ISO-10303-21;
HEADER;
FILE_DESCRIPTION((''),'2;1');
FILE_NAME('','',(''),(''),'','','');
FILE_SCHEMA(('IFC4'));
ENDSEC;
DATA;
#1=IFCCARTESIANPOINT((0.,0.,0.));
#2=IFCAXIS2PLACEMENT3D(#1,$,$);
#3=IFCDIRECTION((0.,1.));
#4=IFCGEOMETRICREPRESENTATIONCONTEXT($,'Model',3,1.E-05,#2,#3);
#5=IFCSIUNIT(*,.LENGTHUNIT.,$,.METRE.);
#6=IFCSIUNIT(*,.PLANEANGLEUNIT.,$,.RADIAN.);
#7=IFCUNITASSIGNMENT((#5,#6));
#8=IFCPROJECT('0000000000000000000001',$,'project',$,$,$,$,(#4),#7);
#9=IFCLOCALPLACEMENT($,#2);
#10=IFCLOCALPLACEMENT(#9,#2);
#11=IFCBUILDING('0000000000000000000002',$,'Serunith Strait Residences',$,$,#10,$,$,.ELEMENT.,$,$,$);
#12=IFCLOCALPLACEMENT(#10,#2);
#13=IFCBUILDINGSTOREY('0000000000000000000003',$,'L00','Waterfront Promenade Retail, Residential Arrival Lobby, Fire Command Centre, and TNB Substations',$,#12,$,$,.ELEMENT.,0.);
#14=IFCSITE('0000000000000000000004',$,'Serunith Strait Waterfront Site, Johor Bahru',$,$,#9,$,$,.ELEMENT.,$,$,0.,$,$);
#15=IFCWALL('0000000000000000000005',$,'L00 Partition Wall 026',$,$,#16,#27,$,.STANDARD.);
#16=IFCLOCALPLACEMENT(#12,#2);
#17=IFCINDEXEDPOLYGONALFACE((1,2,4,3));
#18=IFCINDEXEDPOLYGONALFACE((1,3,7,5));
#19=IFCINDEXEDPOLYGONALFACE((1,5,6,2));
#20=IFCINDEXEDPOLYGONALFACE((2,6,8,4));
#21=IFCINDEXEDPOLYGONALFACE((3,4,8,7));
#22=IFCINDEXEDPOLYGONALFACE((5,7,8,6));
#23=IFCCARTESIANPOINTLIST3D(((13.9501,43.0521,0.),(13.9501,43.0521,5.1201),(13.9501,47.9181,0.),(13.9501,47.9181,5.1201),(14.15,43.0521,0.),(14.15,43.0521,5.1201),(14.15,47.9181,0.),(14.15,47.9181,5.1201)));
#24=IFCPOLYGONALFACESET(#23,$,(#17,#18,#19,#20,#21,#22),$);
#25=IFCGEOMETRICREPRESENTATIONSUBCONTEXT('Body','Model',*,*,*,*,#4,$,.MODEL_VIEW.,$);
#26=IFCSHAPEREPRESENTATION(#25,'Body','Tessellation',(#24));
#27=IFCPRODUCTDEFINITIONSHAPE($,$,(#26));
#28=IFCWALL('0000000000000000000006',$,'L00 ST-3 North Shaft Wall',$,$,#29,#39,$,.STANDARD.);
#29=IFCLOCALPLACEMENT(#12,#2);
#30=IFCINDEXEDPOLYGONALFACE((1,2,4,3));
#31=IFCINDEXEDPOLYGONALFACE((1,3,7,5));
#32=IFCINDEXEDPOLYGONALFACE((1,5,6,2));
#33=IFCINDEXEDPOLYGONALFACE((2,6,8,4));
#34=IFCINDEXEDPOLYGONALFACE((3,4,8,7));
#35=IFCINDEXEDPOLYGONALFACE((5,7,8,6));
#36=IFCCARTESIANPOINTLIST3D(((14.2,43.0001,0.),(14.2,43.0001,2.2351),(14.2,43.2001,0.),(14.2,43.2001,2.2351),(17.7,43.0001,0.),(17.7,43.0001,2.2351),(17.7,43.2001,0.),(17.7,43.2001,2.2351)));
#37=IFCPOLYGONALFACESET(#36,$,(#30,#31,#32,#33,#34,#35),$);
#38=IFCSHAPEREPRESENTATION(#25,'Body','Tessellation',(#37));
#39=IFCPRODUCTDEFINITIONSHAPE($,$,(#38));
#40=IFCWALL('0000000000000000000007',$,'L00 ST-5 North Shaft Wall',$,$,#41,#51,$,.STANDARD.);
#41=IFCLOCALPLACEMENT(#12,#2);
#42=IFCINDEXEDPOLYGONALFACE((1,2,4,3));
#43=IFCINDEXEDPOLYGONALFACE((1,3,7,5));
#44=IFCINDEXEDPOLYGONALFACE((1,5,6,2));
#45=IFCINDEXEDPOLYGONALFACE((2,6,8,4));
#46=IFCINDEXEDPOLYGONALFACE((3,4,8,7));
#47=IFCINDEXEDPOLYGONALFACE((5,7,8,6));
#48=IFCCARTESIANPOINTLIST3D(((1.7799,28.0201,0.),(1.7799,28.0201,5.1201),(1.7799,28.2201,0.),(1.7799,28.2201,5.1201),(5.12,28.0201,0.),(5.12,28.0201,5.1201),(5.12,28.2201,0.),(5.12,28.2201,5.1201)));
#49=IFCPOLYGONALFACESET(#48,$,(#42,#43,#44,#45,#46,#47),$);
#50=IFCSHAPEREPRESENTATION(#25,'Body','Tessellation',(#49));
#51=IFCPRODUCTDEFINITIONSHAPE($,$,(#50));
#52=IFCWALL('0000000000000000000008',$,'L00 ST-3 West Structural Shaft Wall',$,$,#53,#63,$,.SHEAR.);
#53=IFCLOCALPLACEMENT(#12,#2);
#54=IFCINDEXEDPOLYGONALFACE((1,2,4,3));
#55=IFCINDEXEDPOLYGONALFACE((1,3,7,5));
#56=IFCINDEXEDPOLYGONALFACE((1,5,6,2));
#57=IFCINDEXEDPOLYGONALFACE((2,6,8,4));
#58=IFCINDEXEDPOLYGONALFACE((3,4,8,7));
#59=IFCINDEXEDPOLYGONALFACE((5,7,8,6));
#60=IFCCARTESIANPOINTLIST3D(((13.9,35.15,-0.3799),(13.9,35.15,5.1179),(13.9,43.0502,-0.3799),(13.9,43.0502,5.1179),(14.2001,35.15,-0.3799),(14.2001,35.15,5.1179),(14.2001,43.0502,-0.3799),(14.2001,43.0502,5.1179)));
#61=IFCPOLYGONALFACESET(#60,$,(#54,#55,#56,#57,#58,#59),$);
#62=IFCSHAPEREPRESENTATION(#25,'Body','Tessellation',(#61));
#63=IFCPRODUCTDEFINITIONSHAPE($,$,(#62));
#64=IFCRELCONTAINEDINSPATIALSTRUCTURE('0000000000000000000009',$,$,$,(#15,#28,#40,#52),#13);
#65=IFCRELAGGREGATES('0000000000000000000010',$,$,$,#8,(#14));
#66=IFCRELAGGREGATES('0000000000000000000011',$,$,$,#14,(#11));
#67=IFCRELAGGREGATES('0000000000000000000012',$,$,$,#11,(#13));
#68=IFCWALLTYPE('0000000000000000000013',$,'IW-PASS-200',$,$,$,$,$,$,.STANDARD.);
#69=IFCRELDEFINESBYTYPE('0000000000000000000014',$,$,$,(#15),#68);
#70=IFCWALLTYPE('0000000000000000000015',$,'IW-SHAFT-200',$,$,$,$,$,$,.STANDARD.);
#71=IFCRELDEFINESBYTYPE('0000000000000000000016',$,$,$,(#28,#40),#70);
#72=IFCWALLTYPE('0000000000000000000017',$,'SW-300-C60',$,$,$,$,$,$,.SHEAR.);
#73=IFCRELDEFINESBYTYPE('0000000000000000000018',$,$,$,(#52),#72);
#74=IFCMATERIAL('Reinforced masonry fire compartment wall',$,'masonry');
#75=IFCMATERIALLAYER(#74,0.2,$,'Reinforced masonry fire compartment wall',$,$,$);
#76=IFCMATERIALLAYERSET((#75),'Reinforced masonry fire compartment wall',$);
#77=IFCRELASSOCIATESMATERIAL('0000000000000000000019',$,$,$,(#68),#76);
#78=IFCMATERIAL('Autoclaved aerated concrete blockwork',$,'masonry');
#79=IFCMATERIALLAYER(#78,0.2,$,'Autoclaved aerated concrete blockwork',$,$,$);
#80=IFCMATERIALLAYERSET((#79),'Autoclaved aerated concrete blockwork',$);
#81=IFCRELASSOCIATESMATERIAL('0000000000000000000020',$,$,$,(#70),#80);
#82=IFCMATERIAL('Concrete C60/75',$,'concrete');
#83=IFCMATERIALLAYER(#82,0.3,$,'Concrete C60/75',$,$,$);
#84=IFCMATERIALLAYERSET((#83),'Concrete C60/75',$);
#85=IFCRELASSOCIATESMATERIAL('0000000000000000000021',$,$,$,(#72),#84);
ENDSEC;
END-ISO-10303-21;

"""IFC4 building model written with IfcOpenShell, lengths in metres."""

from ifc_helpers import new_model, si_unit, direction, frame, frame_2d, origin, place, context, subcontext, project, spatial, rectangle, extrude, material, layer, layer_set, type_object, element, save


model = new_model("IFC4")

# Units and contexts
model_context = context("Model", 3, precision=1e-05, world=origin(), true_north=direction((0.0, 1.0)))
body_context = subcontext(model_context, "Body", "Model", "MODEL_VIEW")
ifc_project = project(units=[si_unit("LENGTHUNIT", "METRE"), si_unit("PLANEANGLEUNIT", "RADIAN")], contexts=[model_context])

# Site, building, storey
site_placement = place(None, origin())
site = spatial("IfcSite", under=ifc_project, at=site_placement, Name="Serunith Strait Waterfront Site, Johor Bahru", CompositionType="ELEMENT", RefElevation=0.0)
building_placement = place(site_placement, origin())
building = spatial("IfcBuilding", under=site, at=building_placement, Name="Serunith Strait Residences", CompositionType="ELEMENT")
storey_placement = place(building_placement, origin())
storey = spatial("IfcBuildingStorey", under=building, at=storey_placement, Name="L00", Description="Waterfront Promenade Retail, Residential Arrival Lobby, Fire Command Centre, and TNB Substations", CompositionType="ELEMENT", Elevation=0.0)

# Shared definitions
ifc_material_1 = material(Name="Concrete C60/75", Category="concrete")

# Wall
ifc_material_2 = material(Name="Reinforced masonry fire compartment wall", Category="masonry")
ifc_layer_1 = layer(ifc_material_2, 0.2, Name="Reinforced masonry fire compartment wall")
ifc_layer_set_1 = layer_set([ifc_layer_1], Name="Reinforced masonry fire compartment wall")
wall_type_1 = type_object("IfcWallType", Name="IW-PASS-200", PredefinedType="STANDARD", material=ifc_layer_set_1)
wall_1_placement = place(storey_placement, frame((14.05, 43.052, 0.0), z_axis=(0.0, 0.0, 1.0), x_axis=(0.0, 1.0, 0.0)))
element("IfcWall", 1, at=wall_1_placement, inside=storey, type_object=wall_type_1, Name="L00 Partition Wall 026", PredefinedType="STANDARD", context=body_context, shape_type="SweptSolid", body=[
    extrude(rectangle(XDim=4.866, YDim=0.2, at=frame_2d((2.4331, 0.0))), origin(), (0.0, 0.0, 1.0), 5.1201),
])

# Shared definitions
ifc_material_3 = material(Name="Autoclaved aerated concrete blockwork", Category="masonry")
ifc_layer_2 = layer(ifc_material_3, 0.2, Name="Autoclaved aerated concrete blockwork")
ifc_layer_set_2 = layer_set([ifc_layer_2], Name="Autoclaved aerated concrete blockwork")
wall_type_2 = type_object("IfcWallType", Name="IW-SHAFT-200", PredefinedType="STANDARD", material=ifc_layer_set_2)

# Walls
wall_2_placement = place(storey_placement, frame((14.2, 43.1001, 0.0), z_axis=(0.0, 0.0, 1.0), x_axis=(1.0, 0.0, 0.0)))
element("IfcWall", 2, at=wall_2_placement, inside=storey, type_object=wall_type_2, Name="L00 ST-3 North Shaft Wall", PredefinedType="STANDARD", context=body_context, shape_type="SweptSolid", body=[
    extrude(rectangle(XDim=3.5, YDim=0.2, at=frame_2d((1.75, 0.0))), origin(), (0.0, 0.0, 1.0), 2.2351),
])
wall_3_placement = place(storey_placement, frame((1.78, 28.1201, 0.0), z_axis=(0.0, 0.0, 1.0), x_axis=(1.0, 0.0, 0.0)))
element("IfcWall", 3, at=wall_3_placement, inside=storey, type_object=wall_type_2, Name="L00 ST-5 North Shaft Wall", PredefinedType="STANDARD", context=body_context, shape_type="SweptSolid", body=[
    extrude(rectangle(XDim=3.3401, YDim=0.2, at=frame_2d((1.6699, 0.0))), origin(), (0.0, 0.0, 1.0), 5.1201),
])
ifc_layer_3 = layer(ifc_material_1, 0.3, Name="Concrete C60/75")
ifc_layer_set_3 = layer_set([ifc_layer_3], Name="Concrete C60/75")
wall_type_3 = type_object("IfcWallType", Name="SW-300-C60", PredefinedType="SHEAR", material=ifc_layer_set_3)
wall_4_placement = place(storey_placement, frame((14.05, 35.1499, -0.3799), z_axis=(0.0, 0.0, 1.0), x_axis=(0.0, 1.0, 0.0)))
element("IfcWall", 4, at=wall_4_placement, inside=storey, type_object=wall_type_3, Name="L00 ST-3 West Structural Shaft Wall", PredefinedType="SHEAR", context=body_context, shape_type="SweptSolid", body=[
    extrude(rectangle(XDim=7.9001, YDim=0.3, at=frame_2d((3.9502, 0.0))), origin(), (0.0, 0.0, 1.0), 5.4978),
])

save(model, "model.ifc")
